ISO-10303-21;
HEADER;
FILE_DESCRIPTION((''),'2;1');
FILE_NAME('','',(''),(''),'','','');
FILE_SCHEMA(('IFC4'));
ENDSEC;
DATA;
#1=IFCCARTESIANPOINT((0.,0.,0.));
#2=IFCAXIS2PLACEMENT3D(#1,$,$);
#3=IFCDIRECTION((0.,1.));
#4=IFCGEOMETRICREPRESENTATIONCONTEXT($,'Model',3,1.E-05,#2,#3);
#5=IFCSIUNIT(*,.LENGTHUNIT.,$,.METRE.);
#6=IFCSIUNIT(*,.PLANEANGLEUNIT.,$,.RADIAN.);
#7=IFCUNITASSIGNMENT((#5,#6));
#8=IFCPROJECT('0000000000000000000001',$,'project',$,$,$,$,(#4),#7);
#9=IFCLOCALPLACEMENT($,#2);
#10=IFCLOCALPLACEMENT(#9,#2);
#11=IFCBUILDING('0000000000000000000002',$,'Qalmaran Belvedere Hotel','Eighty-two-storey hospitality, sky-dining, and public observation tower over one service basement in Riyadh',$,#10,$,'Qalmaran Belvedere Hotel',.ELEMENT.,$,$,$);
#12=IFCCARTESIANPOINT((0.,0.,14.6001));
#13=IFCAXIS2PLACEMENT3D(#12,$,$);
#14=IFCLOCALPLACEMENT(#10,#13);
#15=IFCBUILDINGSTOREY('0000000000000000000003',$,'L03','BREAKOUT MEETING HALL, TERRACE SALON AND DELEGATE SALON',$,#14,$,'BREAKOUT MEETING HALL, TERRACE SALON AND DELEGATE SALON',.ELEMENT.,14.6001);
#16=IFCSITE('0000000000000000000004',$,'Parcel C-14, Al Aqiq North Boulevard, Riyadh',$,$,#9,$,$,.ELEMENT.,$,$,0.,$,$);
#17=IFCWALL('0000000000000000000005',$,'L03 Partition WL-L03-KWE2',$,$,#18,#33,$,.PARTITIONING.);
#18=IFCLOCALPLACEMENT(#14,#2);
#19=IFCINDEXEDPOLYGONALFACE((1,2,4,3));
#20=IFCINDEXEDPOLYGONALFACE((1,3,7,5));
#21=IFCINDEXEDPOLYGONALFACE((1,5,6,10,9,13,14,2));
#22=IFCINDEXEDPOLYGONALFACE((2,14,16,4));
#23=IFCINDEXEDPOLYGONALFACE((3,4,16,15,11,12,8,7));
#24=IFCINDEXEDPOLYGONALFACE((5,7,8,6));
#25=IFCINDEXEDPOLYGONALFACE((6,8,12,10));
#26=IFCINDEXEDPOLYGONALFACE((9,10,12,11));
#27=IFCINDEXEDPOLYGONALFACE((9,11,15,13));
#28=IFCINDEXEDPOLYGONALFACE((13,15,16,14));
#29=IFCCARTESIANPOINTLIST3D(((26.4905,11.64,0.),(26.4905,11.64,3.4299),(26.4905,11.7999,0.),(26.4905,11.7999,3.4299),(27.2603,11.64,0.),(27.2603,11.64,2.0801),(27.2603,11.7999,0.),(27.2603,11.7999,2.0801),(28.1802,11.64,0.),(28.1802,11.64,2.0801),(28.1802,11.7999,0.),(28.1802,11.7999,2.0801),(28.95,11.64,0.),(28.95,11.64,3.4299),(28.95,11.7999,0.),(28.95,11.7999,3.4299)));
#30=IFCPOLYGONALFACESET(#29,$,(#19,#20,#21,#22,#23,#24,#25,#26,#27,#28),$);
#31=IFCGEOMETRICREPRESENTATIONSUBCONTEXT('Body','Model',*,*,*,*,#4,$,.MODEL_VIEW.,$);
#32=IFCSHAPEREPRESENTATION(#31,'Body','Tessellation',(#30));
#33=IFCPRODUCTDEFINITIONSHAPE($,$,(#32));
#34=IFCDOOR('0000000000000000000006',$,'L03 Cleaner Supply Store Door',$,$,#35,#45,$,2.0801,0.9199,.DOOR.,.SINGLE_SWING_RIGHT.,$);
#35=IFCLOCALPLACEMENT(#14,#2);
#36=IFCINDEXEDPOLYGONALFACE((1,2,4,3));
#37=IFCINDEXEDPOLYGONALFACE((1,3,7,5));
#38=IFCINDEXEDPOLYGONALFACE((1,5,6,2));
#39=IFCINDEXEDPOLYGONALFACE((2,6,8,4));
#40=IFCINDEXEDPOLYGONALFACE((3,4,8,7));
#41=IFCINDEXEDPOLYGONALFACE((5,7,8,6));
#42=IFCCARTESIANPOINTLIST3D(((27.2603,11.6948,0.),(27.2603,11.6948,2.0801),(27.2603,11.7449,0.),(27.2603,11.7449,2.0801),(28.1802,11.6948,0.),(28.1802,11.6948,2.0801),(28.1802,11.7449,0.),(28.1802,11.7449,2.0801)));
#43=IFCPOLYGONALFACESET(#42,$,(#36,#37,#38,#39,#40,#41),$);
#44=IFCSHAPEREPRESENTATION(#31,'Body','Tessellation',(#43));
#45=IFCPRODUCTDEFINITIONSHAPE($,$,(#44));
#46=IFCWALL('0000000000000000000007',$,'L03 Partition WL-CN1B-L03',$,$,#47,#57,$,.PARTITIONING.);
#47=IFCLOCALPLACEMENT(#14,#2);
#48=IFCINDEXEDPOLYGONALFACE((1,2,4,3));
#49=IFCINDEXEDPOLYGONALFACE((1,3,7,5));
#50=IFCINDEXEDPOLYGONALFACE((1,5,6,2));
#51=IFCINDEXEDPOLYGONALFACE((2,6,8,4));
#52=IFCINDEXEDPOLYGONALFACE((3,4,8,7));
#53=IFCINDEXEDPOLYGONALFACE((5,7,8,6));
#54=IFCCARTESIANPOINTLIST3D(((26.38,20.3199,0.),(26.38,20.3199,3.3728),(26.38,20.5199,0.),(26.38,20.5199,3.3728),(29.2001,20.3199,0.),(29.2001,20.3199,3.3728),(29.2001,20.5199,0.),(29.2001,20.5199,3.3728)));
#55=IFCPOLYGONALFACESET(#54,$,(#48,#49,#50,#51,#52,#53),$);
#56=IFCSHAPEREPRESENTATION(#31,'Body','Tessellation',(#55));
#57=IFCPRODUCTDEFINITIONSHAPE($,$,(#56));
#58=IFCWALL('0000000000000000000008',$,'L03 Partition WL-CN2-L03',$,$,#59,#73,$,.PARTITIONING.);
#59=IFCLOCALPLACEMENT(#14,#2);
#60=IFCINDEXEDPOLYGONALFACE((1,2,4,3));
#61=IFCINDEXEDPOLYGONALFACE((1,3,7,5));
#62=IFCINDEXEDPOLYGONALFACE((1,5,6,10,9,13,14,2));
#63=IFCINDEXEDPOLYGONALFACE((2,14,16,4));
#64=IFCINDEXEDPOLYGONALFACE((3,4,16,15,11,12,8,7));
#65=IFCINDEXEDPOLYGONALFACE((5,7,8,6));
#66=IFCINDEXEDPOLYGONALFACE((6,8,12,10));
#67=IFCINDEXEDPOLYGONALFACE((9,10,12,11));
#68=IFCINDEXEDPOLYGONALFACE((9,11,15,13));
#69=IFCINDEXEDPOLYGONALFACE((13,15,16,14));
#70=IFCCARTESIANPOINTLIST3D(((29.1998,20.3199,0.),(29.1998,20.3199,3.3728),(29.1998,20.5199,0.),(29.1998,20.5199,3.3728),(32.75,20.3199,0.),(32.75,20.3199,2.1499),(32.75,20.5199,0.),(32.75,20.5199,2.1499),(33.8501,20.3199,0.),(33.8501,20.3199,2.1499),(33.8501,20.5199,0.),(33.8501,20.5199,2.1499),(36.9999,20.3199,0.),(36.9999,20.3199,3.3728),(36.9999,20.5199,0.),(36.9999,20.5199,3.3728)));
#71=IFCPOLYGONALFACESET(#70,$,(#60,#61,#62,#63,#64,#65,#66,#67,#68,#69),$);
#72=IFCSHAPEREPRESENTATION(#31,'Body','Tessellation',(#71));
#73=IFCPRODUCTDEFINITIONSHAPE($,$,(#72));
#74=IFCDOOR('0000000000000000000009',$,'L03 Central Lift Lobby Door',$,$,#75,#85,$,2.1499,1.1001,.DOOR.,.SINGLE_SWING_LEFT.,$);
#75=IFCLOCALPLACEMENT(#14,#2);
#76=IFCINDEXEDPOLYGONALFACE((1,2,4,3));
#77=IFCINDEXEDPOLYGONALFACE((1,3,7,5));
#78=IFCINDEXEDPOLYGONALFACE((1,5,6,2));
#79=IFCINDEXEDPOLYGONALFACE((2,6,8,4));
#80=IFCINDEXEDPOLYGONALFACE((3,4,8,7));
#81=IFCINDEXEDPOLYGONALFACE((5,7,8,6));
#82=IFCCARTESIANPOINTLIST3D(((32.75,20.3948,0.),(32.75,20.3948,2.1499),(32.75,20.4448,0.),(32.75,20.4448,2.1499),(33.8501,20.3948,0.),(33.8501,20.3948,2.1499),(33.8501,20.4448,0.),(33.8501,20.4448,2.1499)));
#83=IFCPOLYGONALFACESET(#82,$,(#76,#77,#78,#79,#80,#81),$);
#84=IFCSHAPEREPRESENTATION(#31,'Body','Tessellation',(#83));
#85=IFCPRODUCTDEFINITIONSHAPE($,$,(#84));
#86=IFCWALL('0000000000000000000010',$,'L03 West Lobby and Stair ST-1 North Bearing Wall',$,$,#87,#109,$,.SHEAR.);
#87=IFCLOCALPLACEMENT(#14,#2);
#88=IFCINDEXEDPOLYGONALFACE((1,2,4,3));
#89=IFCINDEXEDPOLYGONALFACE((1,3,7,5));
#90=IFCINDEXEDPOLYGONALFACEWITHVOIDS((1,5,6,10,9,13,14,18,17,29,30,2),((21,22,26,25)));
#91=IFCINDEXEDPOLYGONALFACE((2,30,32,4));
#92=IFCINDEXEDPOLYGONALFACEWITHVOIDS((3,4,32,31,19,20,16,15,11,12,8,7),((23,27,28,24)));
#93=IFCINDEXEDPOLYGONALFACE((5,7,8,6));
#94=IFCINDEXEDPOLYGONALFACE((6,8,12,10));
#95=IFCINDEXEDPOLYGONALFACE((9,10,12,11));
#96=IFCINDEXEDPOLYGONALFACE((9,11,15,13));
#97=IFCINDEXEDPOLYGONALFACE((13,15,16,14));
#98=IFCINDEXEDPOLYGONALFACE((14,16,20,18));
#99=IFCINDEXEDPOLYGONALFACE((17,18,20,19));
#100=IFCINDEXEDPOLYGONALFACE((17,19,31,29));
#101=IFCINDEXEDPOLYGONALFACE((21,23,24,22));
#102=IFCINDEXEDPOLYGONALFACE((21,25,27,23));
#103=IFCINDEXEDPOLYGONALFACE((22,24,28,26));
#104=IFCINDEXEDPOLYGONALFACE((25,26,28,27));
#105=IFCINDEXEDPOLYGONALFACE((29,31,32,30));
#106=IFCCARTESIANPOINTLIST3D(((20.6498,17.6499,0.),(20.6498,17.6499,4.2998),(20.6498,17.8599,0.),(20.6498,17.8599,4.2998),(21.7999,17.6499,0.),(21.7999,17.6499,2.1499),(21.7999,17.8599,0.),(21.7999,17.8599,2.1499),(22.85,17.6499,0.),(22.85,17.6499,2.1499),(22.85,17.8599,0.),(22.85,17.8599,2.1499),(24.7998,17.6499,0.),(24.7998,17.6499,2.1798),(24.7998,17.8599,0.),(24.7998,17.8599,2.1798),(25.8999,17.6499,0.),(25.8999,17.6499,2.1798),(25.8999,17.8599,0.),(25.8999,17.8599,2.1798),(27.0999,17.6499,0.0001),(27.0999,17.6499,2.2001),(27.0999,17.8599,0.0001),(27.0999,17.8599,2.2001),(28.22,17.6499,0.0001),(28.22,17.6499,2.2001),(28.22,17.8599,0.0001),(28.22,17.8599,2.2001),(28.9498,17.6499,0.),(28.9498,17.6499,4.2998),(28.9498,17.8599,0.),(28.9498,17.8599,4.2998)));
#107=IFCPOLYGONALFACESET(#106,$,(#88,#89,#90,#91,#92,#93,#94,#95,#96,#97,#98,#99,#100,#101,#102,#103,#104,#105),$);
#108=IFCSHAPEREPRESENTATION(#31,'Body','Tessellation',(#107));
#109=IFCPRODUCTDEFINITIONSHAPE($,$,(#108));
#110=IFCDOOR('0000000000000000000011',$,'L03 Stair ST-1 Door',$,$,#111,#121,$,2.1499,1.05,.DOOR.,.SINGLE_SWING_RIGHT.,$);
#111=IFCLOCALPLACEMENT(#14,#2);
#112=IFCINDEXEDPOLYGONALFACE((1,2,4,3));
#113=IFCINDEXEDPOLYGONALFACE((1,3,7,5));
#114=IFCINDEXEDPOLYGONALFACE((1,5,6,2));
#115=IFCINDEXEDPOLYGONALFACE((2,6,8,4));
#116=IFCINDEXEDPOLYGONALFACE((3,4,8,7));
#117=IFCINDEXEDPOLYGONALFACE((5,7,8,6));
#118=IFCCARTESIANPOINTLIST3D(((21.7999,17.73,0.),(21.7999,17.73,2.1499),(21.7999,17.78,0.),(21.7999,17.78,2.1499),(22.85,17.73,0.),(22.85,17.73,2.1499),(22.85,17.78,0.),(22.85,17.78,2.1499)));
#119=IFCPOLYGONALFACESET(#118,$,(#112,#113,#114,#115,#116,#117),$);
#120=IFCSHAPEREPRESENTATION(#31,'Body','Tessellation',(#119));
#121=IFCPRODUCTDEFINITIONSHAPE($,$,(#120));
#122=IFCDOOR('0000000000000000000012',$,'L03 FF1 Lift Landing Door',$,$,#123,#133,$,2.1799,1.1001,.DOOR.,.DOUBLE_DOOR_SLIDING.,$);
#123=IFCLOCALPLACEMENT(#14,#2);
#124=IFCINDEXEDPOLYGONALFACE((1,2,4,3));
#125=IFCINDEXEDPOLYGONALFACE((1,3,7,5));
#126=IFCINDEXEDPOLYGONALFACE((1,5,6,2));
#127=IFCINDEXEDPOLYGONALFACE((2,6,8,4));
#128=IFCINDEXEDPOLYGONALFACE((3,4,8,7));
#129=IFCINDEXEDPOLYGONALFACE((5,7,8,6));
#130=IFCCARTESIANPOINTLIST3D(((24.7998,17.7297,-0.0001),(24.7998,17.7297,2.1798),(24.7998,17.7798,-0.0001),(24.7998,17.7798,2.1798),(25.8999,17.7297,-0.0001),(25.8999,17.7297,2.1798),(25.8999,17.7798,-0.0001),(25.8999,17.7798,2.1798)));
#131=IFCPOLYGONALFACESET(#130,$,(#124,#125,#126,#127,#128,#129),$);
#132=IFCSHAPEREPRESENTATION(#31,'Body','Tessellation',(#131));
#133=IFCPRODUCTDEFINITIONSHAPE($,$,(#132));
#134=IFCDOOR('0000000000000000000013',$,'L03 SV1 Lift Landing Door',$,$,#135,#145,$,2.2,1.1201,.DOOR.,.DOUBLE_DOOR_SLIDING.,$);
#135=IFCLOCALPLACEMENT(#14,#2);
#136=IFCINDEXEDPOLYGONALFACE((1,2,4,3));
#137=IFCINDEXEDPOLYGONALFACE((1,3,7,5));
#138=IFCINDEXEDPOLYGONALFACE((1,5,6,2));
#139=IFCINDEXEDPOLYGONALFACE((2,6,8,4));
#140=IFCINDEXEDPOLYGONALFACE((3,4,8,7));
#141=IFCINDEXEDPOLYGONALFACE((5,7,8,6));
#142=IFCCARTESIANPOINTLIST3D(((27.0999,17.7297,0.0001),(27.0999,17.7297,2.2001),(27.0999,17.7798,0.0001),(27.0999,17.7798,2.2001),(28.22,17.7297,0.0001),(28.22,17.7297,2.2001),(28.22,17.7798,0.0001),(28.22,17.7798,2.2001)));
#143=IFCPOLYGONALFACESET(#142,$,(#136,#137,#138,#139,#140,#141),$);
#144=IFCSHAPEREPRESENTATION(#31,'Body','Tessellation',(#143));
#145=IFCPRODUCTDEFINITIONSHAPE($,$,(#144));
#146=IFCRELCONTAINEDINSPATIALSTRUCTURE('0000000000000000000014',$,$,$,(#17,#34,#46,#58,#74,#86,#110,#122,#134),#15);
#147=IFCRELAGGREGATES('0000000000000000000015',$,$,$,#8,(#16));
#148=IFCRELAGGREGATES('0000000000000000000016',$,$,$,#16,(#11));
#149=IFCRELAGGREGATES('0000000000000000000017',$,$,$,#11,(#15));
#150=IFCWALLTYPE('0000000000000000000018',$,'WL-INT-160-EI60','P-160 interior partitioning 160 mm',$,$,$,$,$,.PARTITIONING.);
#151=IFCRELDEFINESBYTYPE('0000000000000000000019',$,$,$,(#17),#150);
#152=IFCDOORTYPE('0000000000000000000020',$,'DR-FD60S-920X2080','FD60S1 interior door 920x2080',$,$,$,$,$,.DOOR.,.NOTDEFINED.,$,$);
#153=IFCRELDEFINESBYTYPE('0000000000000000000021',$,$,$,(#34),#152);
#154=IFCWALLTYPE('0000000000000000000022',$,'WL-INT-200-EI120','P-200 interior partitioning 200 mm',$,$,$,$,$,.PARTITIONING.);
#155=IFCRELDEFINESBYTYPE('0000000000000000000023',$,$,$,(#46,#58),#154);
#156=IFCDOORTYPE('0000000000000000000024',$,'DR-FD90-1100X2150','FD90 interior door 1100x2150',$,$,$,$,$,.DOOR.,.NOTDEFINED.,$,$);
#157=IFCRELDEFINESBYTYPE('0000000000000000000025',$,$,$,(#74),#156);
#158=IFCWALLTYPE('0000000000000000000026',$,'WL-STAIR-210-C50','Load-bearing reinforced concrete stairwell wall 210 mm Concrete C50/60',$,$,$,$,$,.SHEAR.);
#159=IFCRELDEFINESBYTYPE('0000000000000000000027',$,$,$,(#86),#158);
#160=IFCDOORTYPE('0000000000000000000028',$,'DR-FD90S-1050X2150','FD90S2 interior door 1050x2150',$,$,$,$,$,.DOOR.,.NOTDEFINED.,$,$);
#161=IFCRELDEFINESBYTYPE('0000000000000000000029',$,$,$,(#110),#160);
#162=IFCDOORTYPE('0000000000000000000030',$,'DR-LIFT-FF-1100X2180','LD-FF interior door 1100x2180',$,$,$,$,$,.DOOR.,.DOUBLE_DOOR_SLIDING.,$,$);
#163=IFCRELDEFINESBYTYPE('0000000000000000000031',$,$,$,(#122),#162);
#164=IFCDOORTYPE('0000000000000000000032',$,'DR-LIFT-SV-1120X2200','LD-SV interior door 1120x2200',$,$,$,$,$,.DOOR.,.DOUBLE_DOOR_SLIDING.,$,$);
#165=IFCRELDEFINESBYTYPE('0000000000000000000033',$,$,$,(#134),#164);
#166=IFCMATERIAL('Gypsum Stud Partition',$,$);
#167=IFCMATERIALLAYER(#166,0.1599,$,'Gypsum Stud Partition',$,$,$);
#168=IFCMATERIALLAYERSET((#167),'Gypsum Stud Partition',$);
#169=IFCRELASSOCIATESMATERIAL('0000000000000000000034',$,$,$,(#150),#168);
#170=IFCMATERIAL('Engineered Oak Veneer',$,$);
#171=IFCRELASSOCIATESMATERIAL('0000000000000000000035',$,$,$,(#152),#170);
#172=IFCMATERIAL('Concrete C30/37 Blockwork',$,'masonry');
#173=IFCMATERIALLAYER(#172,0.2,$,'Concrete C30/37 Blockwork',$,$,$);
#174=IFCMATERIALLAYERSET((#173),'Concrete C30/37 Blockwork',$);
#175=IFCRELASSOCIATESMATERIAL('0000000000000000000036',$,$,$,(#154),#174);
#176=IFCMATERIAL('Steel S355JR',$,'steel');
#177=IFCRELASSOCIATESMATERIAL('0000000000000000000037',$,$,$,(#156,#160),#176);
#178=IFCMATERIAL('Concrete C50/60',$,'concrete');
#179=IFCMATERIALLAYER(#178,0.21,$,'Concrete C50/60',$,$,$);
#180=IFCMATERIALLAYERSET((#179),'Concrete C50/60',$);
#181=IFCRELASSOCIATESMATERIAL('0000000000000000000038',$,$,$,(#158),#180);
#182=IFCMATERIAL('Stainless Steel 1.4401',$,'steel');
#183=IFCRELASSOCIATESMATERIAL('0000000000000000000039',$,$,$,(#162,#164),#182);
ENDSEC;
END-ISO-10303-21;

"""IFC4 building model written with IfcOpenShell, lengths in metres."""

from ifc_helpers import new_model, si_unit, direction, frame, frame_2d, origin, place, context, subcontext, project, spatial, rectangle, extrude, material, layer, layer_set, type_object, element, fill, save


model = new_model("IFC4")

# Units and contexts
model_context = context("Model", 3, precision=1e-05, world=origin(), true_north=direction((0.0, 1.0)))
body_context = subcontext(model_context, "Body", "Model", "MODEL_VIEW")
ifc_project = project(units=[si_unit("LENGTHUNIT", "METRE"), si_unit("PLANEANGLEUNIT", "RADIAN")], contexts=[model_context])

# Site, building, storey
site_placement = place(None, origin())
site = spatial("IfcSite", under=ifc_project, at=site_placement, Name="Parcel C-14, Al Aqiq North Boulevard, Riyadh", CompositionType="ELEMENT", RefElevation=0.0)
building_placement = place(site_placement, origin())
building = spatial("IfcBuilding", under=site, at=building_placement, Name="Qalmaran Belvedere Hotel", Description="Eighty-two-storey hospitality, sky-dining, and public observation tower over one service basement in Riyadh", LongName="Qalmaran Belvedere Hotel", CompositionType="ELEMENT")
storey_placement = place(building_placement, frame((0.0, 0.0, 14.6001)))
storey = spatial("IfcBuildingStorey", under=building, at=storey_placement, Name="L03", Description="BREAKOUT MEETING HALL, TERRACE SALON AND DELEGATE SALON", LongName="BREAKOUT MEETING HALL, TERRACE SALON AND DELEGATE SALON", CompositionType="ELEMENT", Elevation=14.6001)

# Shared definitions
ifc_material_1 = material(Name="Steel S355JR", Category="steel")

# Shared definitions
ifc_material_2 = material(Name="Gypsum Stud Partition")

# Wall, opening, door
ifc_layer_1 = layer(ifc_material_2, 0.1599, Name="Gypsum Stud Partition")
ifc_layer_set_1 = layer_set([ifc_layer_1], Name="Gypsum Stud Partition")
wall_type_1 = type_object("IfcWallType", Name="WL-INT-160-EI60", Description="P-160 interior partitioning 160 mm", PredefinedType="PARTITIONING", material=ifc_layer_set_1)
ifc_material_3 = material(Name="Engineered Oak Veneer")
door_type_1 = type_object("IfcDoorType", Name="DR-FD60S-920X2080", Description="FD60S1 interior door 920x2080", OperationType="NOTDEFINED", PredefinedType="DOOR", material=ifc_material_3)
wall_1_placement = place(storey_placement, frame((26.4905, 11.72, 0.0), z_axis=(0.0, 0.0, 1.0), x_axis=(1.0, 0.0, 0.0)))
wall_1 = element("IfcWall", 1, at=wall_1_placement, inside=storey, type_object=wall_type_1, Name="L03 Partition WL-L03-KWE2", PredefinedType="PARTITIONING", context=body_context, shape_type="SweptSolid", body=[
    extrude(rectangle(XDim=2.4595, YDim=0.1599, at=frame_2d((1.2297, 0.0))), origin(), (0.0, 0.0, 1.0), 3.4299),
])
opening_1_placement = place(wall_1_placement, frame((0.7698, 0.0, 0.0)))
opening_1 = element("IfcOpeningElement", 2, at=opening_1_placement, cuts=wall_1, PredefinedType="OPENING", context=body_context, shape_type="SweptSolid", body=[
    extrude(rectangle(XDim=0.9199, YDim=2.0801, at=frame_2d((0.46, 1.04))), frame((0.0, 0.0898, 0.0), z_axis=(0.0, -1.0, 0.0), x_axis=(1.0, 0.0, 0.0)), (0.0, 0.0, 1.0), 0.1799),
])
door_1_placement = place(opening_1_placement, origin())
door_1 = element("IfcDoor", 3, at=door_1_placement, inside=storey, type_object=door_type_1, Name="L03 Cleaner Supply Store Door", OperationType="SINGLE_SWING_RIGHT", OverallHeight=2.0801, OverallWidth=0.9199, PredefinedType="DOOR", context=body_context, shape_type="SweptSolid", body=[
    extrude(rectangle(XDim=0.9199, YDim=2.0801, at=frame_2d((0.46, 1.04))), frame((0.0, 0.0249, 0.0), z_axis=(0.0, -1.0, 0.0), x_axis=(1.0, 0.0, 0.0)), (0.0, 0.0, 1.0), 0.05),
])
fill(opening_1, door_1)
ifc_material_4 = material(Name="Concrete C30/37 Blockwork", Category="masonry")
ifc_layer_2 = layer(ifc_material_4, 0.2, Name="Concrete C30/37 Blockwork")
ifc_layer_set_2 = layer_set([ifc_layer_2], Name="Concrete C30/37 Blockwork")
wall_type_2 = type_object("IfcWallType", Name="WL-INT-200-EI120", Description="P-200 interior partitioning 200 mm", PredefinedType="PARTITIONING", material=ifc_layer_set_2)
door_type_2 = type_object("IfcDoorType", Name="DR-FD90-1100X2150", Description="FD90 interior door 1100x2150", OperationType="NOTDEFINED", PredefinedType="DOOR", material=ifc_material_1)

# Wall
wall_2_placement = place(storey_placement, frame((26.3799, 20.4199, 0.0), z_axis=(0.0, 0.0, 1.0), x_axis=(1.0, 0.0, 0.0)))
element("IfcWall", 4, at=wall_2_placement, inside=storey, type_object=wall_type_2, Name="L03 Partition WL-CN1B-L03", PredefinedType="PARTITIONING", context=body_context, shape_type="SweptSolid", body=[
    extrude(rectangle(XDim=2.8201, YDim=0.2, at=frame_2d((1.4102, 0.0))), origin(), (0.0, 0.0, 1.0), 3.3728),
])

# Wall, opening, door
wall_3_placement = place(storey_placement, frame((29.2, 20.4199, 0.0), z_axis=(0.0, 0.0, 1.0), x_axis=(1.0, 0.0, 0.0)))
wall_3 = element("IfcWall", 5, at=wall_3_placement, inside=storey, type_object=wall_type_2, Name="L03 Partition WL-CN2-L03", PredefinedType="PARTITIONING", context=body_context, shape_type="SweptSolid", body=[
    extrude(rectangle(XDim=7.8, YDim=0.2, at=frame_2d((3.8999, 0.0))), origin(), (0.0, 0.0, 1.0), 3.3728),
])
opening_2_placement = place(wall_3_placement, frame((3.55, 0.0, 0.0)))
opening_2 = element("IfcOpeningElement", 6, at=opening_2_placement, cuts=wall_3, PredefinedType="OPENING", context=body_context, shape_type="SweptSolid", body=[
    extrude(rectangle(XDim=1.1001, YDim=2.1499, at=frame_2d((0.55, 1.075))), frame((0.0, 0.1099, 0.0), z_axis=(0.0, -1.0, 0.0), x_axis=(1.0, 0.0, 0.0)), (0.0, 0.0, 1.0), 0.22),
])
door_2_placement = place(opening_2_placement, origin())
door_2 = element("IfcDoor", 7, at=door_2_placement, inside=storey, type_object=door_type_2, Name="L03 Central Lift Lobby Door", OperationType="SINGLE_SWING_LEFT", OverallHeight=2.1499, OverallWidth=1.1001, PredefinedType="DOOR", context=body_context, shape_type="SweptSolid", body=[
    extrude(rectangle(XDim=1.1001, YDim=2.1499, at=frame_2d((0.55, 1.075))), frame((0.0, 0.0249, 0.0), z_axis=(0.0, -1.0, 0.0), x_axis=(1.0, 0.0, 0.0)), (0.0, 0.0, 1.0), 0.05),
])
fill(opening_2, door_2)

# Wall, openings, doors
ifc_material_5 = material(Name="Concrete C50/60", Category="concrete")
ifc_layer_3 = layer(ifc_material_5, 0.21, Name="Concrete C50/60")
ifc_layer_set_3 = layer_set([ifc_layer_3], Name="Concrete C50/60")
wall_type_3 = type_object("IfcWallType", Name="WL-STAIR-210-C50", Description="Load-bearing reinforced concrete stairwell wall 210 mm Concrete C50/60", PredefinedType="SHEAR", material=ifc_layer_set_3)
wall_4_placement = place(storey_placement, frame((20.6499, 17.7549, 0.0), z_axis=(0.0, 0.0, 1.0), x_axis=(1.0, 0.0, 0.0)))
wall_4 = element("IfcWall", 8, at=wall_4_placement, inside=storey, type_object=wall_type_3, Name="L03 West Lobby and Stair ST-1 North Bearing Wall", PredefinedType="SHEAR", context=body_context, shape_type="SweptSolid", body=[
    extrude(rectangle(XDim=8.3, YDim=0.21, at=frame_2d((4.1499, 0.0))), origin(), (0.0, 0.0, 1.0), 4.2998),
])
opening_3_placement = place(wall_4_placement, frame((2.2, 0.0, 0.0), z_axis=(0.0, 0.0, 1.0), x_axis=(-1.0, 0.0, 0.0)))
opening_3 = element("IfcOpeningElement", 9, at=opening_3_placement, cuts=wall_4, PredefinedType="OPENING", context=body_context, shape_type="SweptSolid", body=[
    extrude(rectangle(XDim=1.05, YDim=2.1499, at=frame_2d((0.5249, 1.075))), frame((0.0, 0.115, 0.0), z_axis=(0.0, -1.0, 0.0), x_axis=(1.0, 0.0, 0.0)), (0.0, 0.0, 1.0), 0.23),
])
opening_4_placement = place(wall_4_placement, frame((4.1499, 0.0, 0.0)))
opening_4 = element("IfcOpeningElement", 10, at=opening_4_placement, cuts=wall_4, PredefinedType="OPENING", context=body_context, shape_type="SweptSolid", body=[
    extrude(rectangle(XDim=1.1001, YDim=2.1799, at=frame_2d((0.55, 1.0898))), frame((0.0, 0.115, 0.0), z_axis=(0.0, -1.0, 0.0), x_axis=(1.0, 0.0, 0.0)), (0.0, 0.0, 1.0), 0.23),
])
opening_5_placement = place(wall_4_placement, frame((6.45, 0.0, 0.0)))
opening_5 = element("IfcOpeningElement", 11, at=opening_5_placement, cuts=wall_4, PredefinedType="OPENING", context=body_context, shape_type="SweptSolid", body=[
    extrude(rectangle(XDim=1.1201, YDim=2.2, at=frame_2d((0.5601, 1.1001))), frame((0.0, 0.115, 0.0), z_axis=(0.0, -1.0, 0.0), x_axis=(1.0, 0.0, 0.0)), (0.0, 0.0, 1.0), 0.23),
])
door_type_3 = type_object("IfcDoorType", Name="DR-FD90S-1050X2150", Description="FD90S2 interior door 1050x2150", OperationType="NOTDEFINED", PredefinedType="DOOR", material=ifc_material_1)
door_3_placement = place(opening_3_placement, origin())
door_3 = element("IfcDoor", 12, at=door_3_placement, inside=storey, type_object=door_type_3, Name="L03 Stair ST-1 Door", OperationType="SINGLE_SWING_RIGHT", OverallHeight=2.1499, OverallWidth=1.05, PredefinedType="DOOR", context=body_context, shape_type="SweptSolid", body=[
    extrude(rectangle(XDim=1.05, YDim=2.1499, at=frame_2d((0.5249, 1.075))), frame((0.0, 0.0249, 0.0), z_axis=(0.0, -1.0, 0.0), x_axis=(1.0, 0.0, 0.0)), (0.0, 0.0, 1.0), 0.05),
])
fill(opening_3, door_3)
ifc_material_6 = material(Name="Stainless Steel 1.4401", Category="steel")
door_type_4 = type_object("IfcDoorType", Name="DR-LIFT-FF-1100X2180", Description="LD-FF interior door 1100x2180", OperationType="DOUBLE_DOOR_SLIDING", PredefinedType="DOOR", material=ifc_material_6)
door_4_placement = place(opening_4_placement, origin())
door_4 = element("IfcDoor", 13, at=door_4_placement, inside=storey, type_object=door_type_4, Name="L03 FF1 Lift Landing Door", OperationType="DOUBLE_DOOR_SLIDING", OverallHeight=2.1799, OverallWidth=1.1001, PredefinedType="DOOR", context=body_context, shape_type="SweptSolid", body=[
    extrude(rectangle(XDim=1.1001, YDim=2.1799, at=frame_2d((0.55, 1.0898))), frame((0.0, 0.0249, 0.0), z_axis=(0.0, -1.0, 0.0), x_axis=(1.0, 0.0, 0.0)), (0.0, 0.0, 1.0), 0.05),
])
fill(opening_4, door_4)
door_type_5 = type_object("IfcDoorType", Name="DR-LIFT-SV-1120X2200", Description="LD-SV interior door 1120x2200", OperationType="DOUBLE_DOOR_SLIDING", PredefinedType="DOOR", material=ifc_material_6)
door_5_placement = place(opening_5_placement, origin())
door_5 = element("IfcDoor", 14, at=door_5_placement, inside=storey, type_object=door_type_5, Name="L03 SV1 Lift Landing Door", OperationType="DOUBLE_DOOR_SLIDING", OverallHeight=2.2, OverallWidth=1.1201, PredefinedType="DOOR", context=body_context, shape_type="SweptSolid", body=[
    extrude(rectangle(XDim=1.1201, YDim=2.2, at=frame_2d((0.5601, 1.1001))), frame((0.0, 0.0249, 0.0), z_axis=(0.0, -1.0, 0.0), x_axis=(1.0, 0.0, 0.0)), (0.0, 0.0, 1.0), 0.05),
])
fill(opening_5, door_5)

save(model, "model.ifc")
